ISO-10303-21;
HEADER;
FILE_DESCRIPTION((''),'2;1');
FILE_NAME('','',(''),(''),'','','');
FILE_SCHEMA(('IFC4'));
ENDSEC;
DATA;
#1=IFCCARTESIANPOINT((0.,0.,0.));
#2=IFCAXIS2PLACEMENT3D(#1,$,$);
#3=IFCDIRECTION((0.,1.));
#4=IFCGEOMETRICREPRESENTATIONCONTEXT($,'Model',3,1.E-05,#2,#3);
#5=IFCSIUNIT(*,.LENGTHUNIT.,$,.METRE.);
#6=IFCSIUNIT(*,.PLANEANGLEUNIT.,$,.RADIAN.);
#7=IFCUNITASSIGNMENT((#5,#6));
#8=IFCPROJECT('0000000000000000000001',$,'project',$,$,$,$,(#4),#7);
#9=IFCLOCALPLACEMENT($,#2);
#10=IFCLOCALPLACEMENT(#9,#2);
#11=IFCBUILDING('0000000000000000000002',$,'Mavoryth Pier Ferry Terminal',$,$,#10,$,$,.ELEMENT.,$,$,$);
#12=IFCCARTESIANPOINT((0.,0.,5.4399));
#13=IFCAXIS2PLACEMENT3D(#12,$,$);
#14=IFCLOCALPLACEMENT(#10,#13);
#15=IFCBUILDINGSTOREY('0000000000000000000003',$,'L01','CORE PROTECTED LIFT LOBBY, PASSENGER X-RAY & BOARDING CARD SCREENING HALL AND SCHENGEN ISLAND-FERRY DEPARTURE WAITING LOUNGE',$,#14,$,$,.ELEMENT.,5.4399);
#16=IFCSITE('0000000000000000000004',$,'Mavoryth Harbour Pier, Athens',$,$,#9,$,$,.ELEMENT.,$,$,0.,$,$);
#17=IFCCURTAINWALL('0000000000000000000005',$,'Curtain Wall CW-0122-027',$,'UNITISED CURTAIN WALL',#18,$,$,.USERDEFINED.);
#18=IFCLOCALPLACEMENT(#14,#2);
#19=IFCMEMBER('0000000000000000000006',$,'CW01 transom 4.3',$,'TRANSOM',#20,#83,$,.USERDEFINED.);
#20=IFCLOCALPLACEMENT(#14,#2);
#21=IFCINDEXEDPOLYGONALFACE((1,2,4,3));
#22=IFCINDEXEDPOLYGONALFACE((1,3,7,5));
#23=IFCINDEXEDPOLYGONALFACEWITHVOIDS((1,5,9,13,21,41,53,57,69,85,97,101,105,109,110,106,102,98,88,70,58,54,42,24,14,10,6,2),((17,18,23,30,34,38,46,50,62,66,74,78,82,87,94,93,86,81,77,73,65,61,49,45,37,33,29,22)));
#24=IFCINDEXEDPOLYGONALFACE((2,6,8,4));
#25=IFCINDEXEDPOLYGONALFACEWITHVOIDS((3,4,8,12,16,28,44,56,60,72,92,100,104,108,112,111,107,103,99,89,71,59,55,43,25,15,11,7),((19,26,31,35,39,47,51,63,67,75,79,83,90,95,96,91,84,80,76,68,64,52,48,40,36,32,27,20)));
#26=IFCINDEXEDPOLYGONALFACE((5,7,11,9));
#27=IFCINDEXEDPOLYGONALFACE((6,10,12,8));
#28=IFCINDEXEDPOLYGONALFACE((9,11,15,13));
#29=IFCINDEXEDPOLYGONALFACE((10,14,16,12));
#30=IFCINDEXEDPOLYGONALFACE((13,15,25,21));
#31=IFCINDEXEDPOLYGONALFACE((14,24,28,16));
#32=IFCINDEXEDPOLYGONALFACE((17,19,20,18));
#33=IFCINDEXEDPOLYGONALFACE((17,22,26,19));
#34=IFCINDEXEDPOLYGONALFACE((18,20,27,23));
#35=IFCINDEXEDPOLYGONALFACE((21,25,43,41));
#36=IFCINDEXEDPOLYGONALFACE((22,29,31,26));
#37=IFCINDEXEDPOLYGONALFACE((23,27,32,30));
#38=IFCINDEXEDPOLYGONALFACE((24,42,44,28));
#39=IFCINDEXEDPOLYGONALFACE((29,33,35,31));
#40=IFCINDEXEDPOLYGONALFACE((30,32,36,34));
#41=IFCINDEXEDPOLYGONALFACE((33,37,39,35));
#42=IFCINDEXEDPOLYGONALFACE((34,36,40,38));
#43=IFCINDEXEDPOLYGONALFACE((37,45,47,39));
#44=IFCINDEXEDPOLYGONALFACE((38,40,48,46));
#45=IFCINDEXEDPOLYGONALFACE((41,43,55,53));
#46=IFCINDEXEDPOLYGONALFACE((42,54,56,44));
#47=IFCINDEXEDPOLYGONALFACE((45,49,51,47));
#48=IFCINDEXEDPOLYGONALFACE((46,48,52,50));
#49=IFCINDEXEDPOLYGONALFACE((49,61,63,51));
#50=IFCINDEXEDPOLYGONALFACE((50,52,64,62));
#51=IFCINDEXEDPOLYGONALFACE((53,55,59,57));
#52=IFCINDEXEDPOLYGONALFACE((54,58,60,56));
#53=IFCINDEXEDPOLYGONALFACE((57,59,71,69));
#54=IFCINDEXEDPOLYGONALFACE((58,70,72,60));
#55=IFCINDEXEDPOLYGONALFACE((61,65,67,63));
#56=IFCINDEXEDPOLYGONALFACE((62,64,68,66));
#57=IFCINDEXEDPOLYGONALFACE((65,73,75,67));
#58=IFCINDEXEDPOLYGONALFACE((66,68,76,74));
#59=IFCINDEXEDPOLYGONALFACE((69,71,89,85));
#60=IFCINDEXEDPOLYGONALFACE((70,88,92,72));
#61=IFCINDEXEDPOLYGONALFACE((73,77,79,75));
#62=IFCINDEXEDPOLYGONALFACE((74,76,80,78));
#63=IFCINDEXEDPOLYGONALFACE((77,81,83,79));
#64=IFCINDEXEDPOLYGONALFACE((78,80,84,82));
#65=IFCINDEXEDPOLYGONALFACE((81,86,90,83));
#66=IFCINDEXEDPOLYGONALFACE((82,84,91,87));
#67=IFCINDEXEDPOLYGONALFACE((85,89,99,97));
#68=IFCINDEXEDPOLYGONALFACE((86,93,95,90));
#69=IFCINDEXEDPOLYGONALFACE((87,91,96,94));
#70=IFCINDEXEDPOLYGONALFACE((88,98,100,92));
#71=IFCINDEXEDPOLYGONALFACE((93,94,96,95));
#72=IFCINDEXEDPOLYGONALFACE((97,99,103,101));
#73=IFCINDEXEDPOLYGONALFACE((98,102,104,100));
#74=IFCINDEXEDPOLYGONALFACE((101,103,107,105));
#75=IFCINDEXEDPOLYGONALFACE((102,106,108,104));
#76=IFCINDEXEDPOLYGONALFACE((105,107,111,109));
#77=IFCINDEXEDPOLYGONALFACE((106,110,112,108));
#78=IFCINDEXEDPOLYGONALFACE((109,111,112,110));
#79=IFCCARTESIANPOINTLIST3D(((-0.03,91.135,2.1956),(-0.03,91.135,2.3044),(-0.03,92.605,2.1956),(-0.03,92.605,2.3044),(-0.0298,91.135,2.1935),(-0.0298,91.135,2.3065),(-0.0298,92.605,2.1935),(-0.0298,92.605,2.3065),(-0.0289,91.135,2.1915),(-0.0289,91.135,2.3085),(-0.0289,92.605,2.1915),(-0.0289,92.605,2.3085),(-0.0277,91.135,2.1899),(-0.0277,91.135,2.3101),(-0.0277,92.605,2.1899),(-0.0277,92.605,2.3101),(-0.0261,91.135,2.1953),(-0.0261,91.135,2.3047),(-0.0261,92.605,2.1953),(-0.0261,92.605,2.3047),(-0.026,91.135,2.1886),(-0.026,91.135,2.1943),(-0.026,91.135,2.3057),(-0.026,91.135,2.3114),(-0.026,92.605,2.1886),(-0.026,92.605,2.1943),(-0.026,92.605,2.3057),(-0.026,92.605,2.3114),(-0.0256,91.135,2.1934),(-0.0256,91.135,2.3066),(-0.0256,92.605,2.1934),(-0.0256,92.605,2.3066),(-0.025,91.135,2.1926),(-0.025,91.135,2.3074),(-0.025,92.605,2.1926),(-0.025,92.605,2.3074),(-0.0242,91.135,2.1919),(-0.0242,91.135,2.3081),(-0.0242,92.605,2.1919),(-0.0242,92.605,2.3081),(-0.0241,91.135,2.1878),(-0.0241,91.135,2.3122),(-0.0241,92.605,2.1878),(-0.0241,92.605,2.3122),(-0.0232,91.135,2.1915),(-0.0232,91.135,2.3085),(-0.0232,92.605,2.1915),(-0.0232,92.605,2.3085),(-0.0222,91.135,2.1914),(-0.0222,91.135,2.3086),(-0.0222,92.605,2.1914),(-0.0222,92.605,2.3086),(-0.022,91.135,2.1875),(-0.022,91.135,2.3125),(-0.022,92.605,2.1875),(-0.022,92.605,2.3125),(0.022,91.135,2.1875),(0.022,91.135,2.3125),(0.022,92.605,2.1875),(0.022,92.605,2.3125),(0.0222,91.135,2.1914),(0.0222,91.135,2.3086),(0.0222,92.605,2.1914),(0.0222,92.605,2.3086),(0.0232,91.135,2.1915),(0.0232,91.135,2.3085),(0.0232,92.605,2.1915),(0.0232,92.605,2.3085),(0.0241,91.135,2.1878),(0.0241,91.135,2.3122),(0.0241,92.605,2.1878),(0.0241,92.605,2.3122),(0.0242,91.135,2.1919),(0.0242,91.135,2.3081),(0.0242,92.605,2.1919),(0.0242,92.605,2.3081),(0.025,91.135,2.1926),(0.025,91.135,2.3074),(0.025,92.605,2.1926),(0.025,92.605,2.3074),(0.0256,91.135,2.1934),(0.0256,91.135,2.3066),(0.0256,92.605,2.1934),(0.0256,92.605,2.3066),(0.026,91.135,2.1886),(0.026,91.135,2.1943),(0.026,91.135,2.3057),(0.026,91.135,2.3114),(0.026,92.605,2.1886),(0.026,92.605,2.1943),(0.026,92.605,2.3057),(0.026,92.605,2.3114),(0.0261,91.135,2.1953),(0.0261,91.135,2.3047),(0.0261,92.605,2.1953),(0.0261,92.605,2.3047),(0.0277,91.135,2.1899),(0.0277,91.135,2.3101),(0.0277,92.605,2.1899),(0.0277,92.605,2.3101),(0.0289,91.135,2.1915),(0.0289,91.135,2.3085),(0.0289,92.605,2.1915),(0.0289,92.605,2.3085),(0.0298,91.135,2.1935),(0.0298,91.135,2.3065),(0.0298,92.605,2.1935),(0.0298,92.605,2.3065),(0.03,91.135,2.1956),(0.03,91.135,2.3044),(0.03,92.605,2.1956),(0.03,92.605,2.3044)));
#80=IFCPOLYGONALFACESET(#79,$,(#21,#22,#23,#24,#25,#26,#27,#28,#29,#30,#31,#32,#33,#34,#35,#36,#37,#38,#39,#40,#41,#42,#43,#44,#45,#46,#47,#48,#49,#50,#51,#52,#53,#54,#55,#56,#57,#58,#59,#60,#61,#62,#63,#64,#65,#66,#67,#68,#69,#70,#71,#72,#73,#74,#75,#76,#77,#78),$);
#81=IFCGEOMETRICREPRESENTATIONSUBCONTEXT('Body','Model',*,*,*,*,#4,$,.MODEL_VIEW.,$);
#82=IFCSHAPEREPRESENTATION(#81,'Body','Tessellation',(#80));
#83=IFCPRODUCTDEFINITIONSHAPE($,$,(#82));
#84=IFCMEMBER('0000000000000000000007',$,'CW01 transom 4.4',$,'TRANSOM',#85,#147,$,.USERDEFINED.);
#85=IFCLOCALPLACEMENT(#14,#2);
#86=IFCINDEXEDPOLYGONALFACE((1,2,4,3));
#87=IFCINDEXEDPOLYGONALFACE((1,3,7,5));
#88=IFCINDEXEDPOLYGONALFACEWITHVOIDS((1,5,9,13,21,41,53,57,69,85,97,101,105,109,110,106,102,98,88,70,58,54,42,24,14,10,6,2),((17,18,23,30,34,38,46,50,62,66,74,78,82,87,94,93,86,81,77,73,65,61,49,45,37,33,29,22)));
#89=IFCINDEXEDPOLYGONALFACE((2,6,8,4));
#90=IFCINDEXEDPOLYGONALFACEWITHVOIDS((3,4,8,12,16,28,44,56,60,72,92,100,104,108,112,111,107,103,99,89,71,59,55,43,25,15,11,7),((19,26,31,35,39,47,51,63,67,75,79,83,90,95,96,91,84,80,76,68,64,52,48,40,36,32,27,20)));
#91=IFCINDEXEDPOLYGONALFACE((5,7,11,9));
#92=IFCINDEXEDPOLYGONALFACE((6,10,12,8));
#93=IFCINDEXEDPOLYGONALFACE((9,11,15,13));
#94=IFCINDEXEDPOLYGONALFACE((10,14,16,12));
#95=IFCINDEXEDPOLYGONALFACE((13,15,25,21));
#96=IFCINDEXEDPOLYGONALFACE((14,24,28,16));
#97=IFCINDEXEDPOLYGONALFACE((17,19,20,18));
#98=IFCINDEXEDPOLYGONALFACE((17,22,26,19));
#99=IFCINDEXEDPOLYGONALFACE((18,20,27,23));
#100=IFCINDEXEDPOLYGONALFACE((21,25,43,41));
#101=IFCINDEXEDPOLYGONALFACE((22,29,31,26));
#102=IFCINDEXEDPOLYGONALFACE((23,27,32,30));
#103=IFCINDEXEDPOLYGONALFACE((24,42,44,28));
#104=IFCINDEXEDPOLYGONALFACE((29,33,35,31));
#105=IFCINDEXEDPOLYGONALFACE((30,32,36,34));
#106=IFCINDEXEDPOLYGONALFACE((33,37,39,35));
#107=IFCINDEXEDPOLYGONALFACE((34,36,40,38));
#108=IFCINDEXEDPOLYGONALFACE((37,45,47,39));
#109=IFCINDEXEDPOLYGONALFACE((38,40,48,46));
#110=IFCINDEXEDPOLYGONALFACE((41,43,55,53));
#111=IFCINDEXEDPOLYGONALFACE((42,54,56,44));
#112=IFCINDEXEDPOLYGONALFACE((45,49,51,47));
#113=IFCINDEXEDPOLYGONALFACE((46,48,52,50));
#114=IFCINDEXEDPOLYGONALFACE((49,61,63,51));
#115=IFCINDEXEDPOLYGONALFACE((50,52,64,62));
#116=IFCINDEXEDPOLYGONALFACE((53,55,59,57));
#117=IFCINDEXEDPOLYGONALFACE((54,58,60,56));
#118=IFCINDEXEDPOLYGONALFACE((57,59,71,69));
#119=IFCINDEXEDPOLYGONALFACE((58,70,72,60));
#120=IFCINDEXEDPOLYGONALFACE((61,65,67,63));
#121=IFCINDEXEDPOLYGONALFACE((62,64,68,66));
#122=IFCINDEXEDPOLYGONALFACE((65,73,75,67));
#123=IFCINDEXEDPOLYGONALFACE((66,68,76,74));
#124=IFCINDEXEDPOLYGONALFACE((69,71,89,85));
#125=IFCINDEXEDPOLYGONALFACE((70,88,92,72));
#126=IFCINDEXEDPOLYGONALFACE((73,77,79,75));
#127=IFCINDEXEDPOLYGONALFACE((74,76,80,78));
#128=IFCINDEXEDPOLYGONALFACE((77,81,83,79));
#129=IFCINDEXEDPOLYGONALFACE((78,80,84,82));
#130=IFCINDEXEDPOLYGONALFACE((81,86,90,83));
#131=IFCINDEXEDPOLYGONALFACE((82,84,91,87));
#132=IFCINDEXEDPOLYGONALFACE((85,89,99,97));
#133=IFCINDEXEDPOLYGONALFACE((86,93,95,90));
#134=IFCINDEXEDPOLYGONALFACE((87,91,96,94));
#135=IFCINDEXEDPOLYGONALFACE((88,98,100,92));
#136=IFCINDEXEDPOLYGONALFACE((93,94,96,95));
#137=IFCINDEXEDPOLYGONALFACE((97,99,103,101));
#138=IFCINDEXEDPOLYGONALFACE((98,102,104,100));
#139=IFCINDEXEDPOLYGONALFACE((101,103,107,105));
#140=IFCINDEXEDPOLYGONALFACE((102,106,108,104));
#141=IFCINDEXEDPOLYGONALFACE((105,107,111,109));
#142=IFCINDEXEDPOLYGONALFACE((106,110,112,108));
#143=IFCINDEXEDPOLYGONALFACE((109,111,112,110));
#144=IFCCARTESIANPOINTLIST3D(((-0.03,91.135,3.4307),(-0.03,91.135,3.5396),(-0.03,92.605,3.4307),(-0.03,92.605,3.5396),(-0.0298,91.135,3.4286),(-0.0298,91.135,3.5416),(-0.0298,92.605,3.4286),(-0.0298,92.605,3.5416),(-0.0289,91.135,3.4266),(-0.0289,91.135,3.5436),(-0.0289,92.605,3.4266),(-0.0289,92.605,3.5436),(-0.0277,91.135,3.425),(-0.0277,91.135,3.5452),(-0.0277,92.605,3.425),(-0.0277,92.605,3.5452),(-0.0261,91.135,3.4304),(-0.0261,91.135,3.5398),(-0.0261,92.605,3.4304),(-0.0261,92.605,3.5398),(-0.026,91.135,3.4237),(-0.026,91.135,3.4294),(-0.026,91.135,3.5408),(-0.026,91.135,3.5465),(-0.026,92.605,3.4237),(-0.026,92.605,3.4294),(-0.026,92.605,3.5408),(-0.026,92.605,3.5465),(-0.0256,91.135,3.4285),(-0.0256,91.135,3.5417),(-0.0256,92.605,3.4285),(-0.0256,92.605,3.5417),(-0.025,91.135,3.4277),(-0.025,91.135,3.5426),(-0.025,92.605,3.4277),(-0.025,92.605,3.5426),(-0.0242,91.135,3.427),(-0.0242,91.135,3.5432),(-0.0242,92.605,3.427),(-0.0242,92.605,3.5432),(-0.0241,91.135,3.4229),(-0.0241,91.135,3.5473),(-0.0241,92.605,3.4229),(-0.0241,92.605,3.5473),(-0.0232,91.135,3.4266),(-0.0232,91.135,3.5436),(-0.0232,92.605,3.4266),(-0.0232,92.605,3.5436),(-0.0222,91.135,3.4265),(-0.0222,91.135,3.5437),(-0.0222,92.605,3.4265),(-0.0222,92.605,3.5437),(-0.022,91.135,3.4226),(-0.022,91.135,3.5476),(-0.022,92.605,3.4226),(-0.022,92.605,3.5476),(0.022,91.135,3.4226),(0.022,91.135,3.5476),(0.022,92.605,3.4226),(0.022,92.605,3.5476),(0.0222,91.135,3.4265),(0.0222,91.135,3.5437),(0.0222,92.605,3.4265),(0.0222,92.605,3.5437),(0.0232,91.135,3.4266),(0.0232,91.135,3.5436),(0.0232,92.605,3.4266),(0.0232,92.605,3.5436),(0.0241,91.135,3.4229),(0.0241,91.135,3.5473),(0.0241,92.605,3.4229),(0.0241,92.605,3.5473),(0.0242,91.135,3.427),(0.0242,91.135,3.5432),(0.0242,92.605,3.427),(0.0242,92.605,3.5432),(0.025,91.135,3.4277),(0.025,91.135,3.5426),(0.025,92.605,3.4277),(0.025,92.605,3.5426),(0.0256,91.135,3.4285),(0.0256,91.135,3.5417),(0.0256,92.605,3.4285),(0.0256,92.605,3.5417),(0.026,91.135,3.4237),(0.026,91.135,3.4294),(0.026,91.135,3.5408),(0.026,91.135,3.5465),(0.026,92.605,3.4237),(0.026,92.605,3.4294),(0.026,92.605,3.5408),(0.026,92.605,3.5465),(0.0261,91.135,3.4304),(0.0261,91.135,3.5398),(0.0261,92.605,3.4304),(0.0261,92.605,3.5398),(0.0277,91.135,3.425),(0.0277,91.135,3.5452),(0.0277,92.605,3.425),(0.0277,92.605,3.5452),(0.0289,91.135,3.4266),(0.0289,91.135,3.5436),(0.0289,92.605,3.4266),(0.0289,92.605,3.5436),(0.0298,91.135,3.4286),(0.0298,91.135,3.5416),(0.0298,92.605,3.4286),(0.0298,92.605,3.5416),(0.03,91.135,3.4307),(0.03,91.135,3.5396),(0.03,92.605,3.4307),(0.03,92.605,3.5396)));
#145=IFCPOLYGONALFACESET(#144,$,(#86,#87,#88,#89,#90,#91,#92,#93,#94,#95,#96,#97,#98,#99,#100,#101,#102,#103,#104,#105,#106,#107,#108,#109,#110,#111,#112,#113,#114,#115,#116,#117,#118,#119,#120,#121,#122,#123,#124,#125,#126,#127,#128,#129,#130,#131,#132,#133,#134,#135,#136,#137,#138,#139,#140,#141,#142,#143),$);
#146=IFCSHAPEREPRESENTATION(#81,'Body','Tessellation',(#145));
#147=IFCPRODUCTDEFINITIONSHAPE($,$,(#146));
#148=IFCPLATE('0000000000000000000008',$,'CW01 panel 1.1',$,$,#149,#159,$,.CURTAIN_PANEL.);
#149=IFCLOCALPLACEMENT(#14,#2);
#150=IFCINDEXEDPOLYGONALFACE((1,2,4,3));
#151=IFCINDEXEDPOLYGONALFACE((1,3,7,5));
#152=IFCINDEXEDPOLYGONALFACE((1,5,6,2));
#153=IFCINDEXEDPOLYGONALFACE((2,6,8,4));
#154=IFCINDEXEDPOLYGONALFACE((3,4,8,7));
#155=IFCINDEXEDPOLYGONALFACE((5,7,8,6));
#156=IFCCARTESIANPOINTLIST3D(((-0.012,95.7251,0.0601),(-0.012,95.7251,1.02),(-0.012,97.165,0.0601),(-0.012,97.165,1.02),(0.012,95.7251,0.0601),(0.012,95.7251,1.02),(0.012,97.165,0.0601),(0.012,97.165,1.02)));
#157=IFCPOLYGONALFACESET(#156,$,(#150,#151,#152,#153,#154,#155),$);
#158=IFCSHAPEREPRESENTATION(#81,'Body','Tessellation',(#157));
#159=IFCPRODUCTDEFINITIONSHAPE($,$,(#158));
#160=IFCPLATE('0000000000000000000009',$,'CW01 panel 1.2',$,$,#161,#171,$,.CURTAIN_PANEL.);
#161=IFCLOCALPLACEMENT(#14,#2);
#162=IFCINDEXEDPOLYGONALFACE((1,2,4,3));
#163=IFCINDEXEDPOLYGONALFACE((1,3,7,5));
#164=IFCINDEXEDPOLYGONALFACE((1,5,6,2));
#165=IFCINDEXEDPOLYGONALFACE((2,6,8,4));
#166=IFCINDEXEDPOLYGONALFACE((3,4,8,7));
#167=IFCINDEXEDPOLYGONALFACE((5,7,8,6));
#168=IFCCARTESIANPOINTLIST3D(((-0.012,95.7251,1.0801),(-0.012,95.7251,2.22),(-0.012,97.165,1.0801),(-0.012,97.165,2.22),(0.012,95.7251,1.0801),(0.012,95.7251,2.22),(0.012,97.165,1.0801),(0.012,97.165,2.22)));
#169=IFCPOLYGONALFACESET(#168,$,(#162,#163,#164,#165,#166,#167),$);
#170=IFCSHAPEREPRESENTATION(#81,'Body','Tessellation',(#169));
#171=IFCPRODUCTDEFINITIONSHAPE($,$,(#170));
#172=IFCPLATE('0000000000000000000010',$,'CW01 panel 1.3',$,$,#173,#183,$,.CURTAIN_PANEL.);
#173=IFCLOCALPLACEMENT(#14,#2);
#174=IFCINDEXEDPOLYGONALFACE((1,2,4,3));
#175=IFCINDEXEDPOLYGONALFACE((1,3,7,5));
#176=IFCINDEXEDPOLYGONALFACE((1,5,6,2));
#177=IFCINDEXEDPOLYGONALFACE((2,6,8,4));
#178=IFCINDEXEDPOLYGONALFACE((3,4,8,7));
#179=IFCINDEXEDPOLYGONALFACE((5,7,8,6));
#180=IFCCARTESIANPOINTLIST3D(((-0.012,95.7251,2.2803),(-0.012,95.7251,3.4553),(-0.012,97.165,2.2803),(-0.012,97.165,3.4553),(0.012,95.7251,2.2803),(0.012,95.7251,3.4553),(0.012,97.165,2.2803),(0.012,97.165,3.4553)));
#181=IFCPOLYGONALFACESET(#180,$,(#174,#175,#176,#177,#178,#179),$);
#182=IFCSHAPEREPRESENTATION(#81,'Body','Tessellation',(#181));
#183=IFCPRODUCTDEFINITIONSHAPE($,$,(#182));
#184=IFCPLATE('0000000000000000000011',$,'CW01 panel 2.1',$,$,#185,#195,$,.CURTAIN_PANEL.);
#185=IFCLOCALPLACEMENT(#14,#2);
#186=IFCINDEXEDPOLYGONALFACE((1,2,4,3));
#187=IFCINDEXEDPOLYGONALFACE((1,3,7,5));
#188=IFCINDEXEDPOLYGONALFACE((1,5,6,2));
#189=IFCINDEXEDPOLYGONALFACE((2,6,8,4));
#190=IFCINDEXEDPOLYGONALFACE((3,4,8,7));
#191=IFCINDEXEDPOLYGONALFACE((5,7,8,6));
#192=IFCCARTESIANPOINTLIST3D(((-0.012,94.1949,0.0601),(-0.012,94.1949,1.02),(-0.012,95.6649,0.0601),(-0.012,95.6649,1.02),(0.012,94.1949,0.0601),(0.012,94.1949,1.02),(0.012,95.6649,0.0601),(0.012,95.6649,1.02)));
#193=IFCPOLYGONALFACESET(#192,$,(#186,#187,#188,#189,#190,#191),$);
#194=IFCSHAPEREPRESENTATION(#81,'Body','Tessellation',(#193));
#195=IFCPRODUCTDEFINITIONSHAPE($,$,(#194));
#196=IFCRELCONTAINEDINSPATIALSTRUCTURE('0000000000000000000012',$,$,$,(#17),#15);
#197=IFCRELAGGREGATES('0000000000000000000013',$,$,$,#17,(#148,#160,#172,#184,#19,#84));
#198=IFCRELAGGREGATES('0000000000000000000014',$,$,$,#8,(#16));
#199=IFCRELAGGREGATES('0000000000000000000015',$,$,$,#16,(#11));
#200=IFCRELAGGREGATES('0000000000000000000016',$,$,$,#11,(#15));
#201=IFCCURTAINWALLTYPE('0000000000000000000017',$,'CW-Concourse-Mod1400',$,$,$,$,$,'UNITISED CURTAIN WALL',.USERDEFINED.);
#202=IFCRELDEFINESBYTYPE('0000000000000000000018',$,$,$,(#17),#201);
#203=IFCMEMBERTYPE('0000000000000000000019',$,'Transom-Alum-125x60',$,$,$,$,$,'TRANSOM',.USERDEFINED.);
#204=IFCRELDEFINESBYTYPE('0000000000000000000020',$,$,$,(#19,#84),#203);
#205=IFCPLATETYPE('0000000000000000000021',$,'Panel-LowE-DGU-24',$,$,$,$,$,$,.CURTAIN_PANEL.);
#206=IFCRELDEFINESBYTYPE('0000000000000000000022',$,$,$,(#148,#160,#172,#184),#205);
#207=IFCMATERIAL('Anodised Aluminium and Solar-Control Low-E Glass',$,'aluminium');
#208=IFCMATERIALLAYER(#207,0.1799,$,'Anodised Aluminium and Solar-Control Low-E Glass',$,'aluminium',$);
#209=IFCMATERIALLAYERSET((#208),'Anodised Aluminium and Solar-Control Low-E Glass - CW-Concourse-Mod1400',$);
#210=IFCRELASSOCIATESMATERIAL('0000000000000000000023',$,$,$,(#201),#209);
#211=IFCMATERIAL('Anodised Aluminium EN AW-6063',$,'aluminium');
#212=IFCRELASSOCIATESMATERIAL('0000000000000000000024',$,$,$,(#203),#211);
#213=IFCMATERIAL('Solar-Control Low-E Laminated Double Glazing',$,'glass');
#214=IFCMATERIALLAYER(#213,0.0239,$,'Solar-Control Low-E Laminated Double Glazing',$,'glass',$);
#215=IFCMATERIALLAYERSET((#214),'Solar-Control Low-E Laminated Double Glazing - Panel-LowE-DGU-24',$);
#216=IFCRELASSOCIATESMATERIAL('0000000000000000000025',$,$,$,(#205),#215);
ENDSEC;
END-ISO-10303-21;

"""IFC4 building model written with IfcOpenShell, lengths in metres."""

from ifc_helpers import new_model, si_unit, direction, frame, origin, origin_2d, place, context, subcontext, project, spatial, rectangle, hollow_rectangle, extrude, material, layer, layer_set, material_profile, profile_set, type_object, element, aggregate, save


model = new_model("IFC4")

# Units and contexts
model_context = context("Model", 3, precision=1e-05, world=origin(), true_north=direction((0.0, 1.0)))
body_context = subcontext(model_context, "Body", "Model", "MODEL_VIEW")
ifc_project = project(units=[si_unit("LENGTHUNIT", "METRE"), si_unit("PLANEANGLEUNIT", "RADIAN")], contexts=[model_context])

# Site, building, storey
site_placement = place(None, origin())
site = spatial("IfcSite", under=ifc_project, at=site_placement, Name="Mavoryth Harbour Pier, Athens", CompositionType="ELEMENT", RefElevation=0.0)
building_placement = place(site_placement, origin())
building = spatial("IfcBuilding", under=site, at=building_placement, Name="Mavoryth Pier Ferry Terminal", CompositionType="ELEMENT")
storey_placement = place(building_placement, frame((0.0, 0.0, 5.4399)))
storey = spatial("IfcBuildingStorey", under=building, at=storey_placement, Name="L01", Description="CORE PROTECTED LIFT LOBBY, PASSENGER X-RAY & BOARDING CARD SCREENING HALL AND SCHENGEN ISLAND-FERRY DEPARTURE WAITING LOUNGE", CompositionType="ELEMENT", Elevation=5.4399)

# Curtain wall, members, plates
ifc_material_1 = material(Name="Anodised Aluminium and Solar-Control Low-E Glass", Category="aluminium")
ifc_layer_1 = layer(ifc_material_1, 0.1799, Name="Anodised Aluminium and Solar-Control Low-E Glass", Category="aluminium")
ifc_layer_set_1 = layer_set([ifc_layer_1], Name="Anodised Aluminium and Solar-Control Low-E Glass - CW-Concourse-Mod1400")
curtain_wall_type = type_object("IfcCurtainWallType", Name="CW-Concourse-Mod1400", ElementType="UNITISED CURTAIN WALL", PredefinedType="USERDEFINED", material=ifc_layer_set_1)
curtain_wall_placement = place(storey_placement, origin())
curtain_wall = element("IfcCurtainWall", 1, at=curtain_wall_placement, inside=storey, type_object=curtain_wall_type, Name="Curtain Wall CW-0122-027", ObjectType="UNITISED CURTAIN WALL", PredefinedType="USERDEFINED")
ifc_material_2 = material(Name="Anodised Aluminium EN AW-6063", Category="aluminium")
ifc_material_profile_1 = material_profile(ifc_material_2, hollow_rectangle(XDim=0.0601, YDim=0.125, WallThickness=0.0039, InnerFilletRadius=0.0039, OuterFilletRadius=0.0081, at=origin_2d()), Name="AL-TRAN 125x60x4", Category="aluminium")
ifc_profile_set_1 = profile_set([ifc_material_profile_1], Name="Anodised Aluminium EN AW-6063 - AL-TRAN 125x60x4")
member_type_1 = type_object("IfcMemberType", Name="Transom-Alum-125x60", ElementType="TRANSOM", PredefinedType="USERDEFINED", material=ifc_profile_set_1)
member_1_placement = place(storey_placement, frame((0.0, 92.605, 2.25), z_axis=(0.0, -1.0, 0.0), x_axis=(1.0, 0.0, 0.0)))
member_1 = element("IfcMember", 2, at=member_1_placement, type_object=member_type_1, Name="CW01 transom 4.3", ObjectType="TRANSOM", PredefinedType="USERDEFINED", context=body_context, shape_type="SweptSolid", body=[
    extrude(hollow_rectangle(XDim=0.0601, YDim=0.125, WallThickness=0.0039, InnerFilletRadius=0.0039, OuterFilletRadius=0.0081, at=origin_2d()), origin(), (0.0, 0.0, 1.0), 1.47),
])
member_2_placement = place(storey_placement, frame((0.0, 92.605, 3.4851), z_axis=(0.0, -1.0, 0.0), x_axis=(1.0, 0.0, 0.0)))
member_2 = element("IfcMember", 3, at=member_2_placement, type_object=member_type_1, Name="CW01 transom 4.4", ObjectType="TRANSOM", PredefinedType="USERDEFINED", context=body_context, shape_type="SweptSolid", body=[
    extrude(hollow_rectangle(XDim=0.0601, YDim=0.125, WallThickness=0.0039, InnerFilletRadius=0.0039, OuterFilletRadius=0.0081, at=origin_2d()), origin(), (0.0, 0.0, 1.0), 1.47),
])
ifc_material_3 = material(Name="Solar-Control Low-E Laminated Double Glazing", Category="glass")
ifc_layer_2 = layer(ifc_material_3, 0.0239, Name="Solar-Control Low-E Laminated Double Glazing", Category="glass")
ifc_layer_set_2 = layer_set([ifc_layer_2], Name="Solar-Control Low-E Laminated Double Glazing - Panel-LowE-DGU-24")
plate_type = type_object("IfcPlateType", Name="Panel-LowE-DGU-24", PredefinedType="CURTAIN_PANEL", material=ifc_layer_set_2)
plate_1_placement = place(storey_placement, frame((0.0, 96.4451, 0.0601), z_axis=(0.0, 0.0, 1.0), x_axis=(0.0, -1.0, 0.0)))
plate_1 = element("IfcPlate", 4, at=plate_1_placement, type_object=plate_type, Name="CW01 panel 1.1", PredefinedType="CURTAIN_PANEL", context=body_context, shape_type="SweptSolid", body=[
    extrude(rectangle(XDim=1.4399, YDim=0.0239, at=origin_2d()), origin(), (0.0, 0.0, 1.0), 0.96),
])
plate_2_placement = place(storey_placement, frame((0.0, 96.4451, 1.0801), z_axis=(0.0, 0.0, 1.0), x_axis=(0.0, -1.0, 0.0)))
plate_2 = element("IfcPlate", 5, at=plate_2_placement, type_object=plate_type, Name="CW01 panel 1.2", PredefinedType="CURTAIN_PANEL", context=body_context, shape_type="SweptSolid", body=[
    extrude(rectangle(XDim=1.4399, YDim=0.0239, at=origin_2d()), origin(), (0.0, 0.0, 1.0), 1.1399),
])
plate_3_placement = place(storey_placement, frame((0.0, 96.4451, 2.2803), z_axis=(0.0, 0.0, 1.0), x_axis=(0.0, -1.0, 0.0)))
plate_3 = element("IfcPlate", 6, at=plate_3_placement, type_object=plate_type, Name="CW01 panel 1.3", PredefinedType="CURTAIN_PANEL", context=body_context, shape_type="SweptSolid", body=[
    extrude(rectangle(XDim=1.4399, YDim=0.0239, at=origin_2d()), origin(), (0.0, 0.0, 1.0), 1.175),
])
plate_4_placement = place(storey_placement, frame((0.0, 94.9299, 0.0601), z_axis=(0.0, 0.0, 1.0), x_axis=(0.0, -1.0, 0.0)))
plate_4 = element("IfcPlate", 7, at=plate_4_placement, type_object=plate_type, Name="CW01 panel 2.1", PredefinedType="CURTAIN_PANEL", context=body_context, shape_type="SweptSolid", body=[
    extrude(rectangle(XDim=1.47, YDim=0.0239, at=origin_2d()), origin(), (0.0, 0.0, 1.0), 0.96),
])
aggregate(curtain_wall, [plate_1, plate_2, plate_3, plate_4, member_1, member_2])

save(model, "model.ifc")
